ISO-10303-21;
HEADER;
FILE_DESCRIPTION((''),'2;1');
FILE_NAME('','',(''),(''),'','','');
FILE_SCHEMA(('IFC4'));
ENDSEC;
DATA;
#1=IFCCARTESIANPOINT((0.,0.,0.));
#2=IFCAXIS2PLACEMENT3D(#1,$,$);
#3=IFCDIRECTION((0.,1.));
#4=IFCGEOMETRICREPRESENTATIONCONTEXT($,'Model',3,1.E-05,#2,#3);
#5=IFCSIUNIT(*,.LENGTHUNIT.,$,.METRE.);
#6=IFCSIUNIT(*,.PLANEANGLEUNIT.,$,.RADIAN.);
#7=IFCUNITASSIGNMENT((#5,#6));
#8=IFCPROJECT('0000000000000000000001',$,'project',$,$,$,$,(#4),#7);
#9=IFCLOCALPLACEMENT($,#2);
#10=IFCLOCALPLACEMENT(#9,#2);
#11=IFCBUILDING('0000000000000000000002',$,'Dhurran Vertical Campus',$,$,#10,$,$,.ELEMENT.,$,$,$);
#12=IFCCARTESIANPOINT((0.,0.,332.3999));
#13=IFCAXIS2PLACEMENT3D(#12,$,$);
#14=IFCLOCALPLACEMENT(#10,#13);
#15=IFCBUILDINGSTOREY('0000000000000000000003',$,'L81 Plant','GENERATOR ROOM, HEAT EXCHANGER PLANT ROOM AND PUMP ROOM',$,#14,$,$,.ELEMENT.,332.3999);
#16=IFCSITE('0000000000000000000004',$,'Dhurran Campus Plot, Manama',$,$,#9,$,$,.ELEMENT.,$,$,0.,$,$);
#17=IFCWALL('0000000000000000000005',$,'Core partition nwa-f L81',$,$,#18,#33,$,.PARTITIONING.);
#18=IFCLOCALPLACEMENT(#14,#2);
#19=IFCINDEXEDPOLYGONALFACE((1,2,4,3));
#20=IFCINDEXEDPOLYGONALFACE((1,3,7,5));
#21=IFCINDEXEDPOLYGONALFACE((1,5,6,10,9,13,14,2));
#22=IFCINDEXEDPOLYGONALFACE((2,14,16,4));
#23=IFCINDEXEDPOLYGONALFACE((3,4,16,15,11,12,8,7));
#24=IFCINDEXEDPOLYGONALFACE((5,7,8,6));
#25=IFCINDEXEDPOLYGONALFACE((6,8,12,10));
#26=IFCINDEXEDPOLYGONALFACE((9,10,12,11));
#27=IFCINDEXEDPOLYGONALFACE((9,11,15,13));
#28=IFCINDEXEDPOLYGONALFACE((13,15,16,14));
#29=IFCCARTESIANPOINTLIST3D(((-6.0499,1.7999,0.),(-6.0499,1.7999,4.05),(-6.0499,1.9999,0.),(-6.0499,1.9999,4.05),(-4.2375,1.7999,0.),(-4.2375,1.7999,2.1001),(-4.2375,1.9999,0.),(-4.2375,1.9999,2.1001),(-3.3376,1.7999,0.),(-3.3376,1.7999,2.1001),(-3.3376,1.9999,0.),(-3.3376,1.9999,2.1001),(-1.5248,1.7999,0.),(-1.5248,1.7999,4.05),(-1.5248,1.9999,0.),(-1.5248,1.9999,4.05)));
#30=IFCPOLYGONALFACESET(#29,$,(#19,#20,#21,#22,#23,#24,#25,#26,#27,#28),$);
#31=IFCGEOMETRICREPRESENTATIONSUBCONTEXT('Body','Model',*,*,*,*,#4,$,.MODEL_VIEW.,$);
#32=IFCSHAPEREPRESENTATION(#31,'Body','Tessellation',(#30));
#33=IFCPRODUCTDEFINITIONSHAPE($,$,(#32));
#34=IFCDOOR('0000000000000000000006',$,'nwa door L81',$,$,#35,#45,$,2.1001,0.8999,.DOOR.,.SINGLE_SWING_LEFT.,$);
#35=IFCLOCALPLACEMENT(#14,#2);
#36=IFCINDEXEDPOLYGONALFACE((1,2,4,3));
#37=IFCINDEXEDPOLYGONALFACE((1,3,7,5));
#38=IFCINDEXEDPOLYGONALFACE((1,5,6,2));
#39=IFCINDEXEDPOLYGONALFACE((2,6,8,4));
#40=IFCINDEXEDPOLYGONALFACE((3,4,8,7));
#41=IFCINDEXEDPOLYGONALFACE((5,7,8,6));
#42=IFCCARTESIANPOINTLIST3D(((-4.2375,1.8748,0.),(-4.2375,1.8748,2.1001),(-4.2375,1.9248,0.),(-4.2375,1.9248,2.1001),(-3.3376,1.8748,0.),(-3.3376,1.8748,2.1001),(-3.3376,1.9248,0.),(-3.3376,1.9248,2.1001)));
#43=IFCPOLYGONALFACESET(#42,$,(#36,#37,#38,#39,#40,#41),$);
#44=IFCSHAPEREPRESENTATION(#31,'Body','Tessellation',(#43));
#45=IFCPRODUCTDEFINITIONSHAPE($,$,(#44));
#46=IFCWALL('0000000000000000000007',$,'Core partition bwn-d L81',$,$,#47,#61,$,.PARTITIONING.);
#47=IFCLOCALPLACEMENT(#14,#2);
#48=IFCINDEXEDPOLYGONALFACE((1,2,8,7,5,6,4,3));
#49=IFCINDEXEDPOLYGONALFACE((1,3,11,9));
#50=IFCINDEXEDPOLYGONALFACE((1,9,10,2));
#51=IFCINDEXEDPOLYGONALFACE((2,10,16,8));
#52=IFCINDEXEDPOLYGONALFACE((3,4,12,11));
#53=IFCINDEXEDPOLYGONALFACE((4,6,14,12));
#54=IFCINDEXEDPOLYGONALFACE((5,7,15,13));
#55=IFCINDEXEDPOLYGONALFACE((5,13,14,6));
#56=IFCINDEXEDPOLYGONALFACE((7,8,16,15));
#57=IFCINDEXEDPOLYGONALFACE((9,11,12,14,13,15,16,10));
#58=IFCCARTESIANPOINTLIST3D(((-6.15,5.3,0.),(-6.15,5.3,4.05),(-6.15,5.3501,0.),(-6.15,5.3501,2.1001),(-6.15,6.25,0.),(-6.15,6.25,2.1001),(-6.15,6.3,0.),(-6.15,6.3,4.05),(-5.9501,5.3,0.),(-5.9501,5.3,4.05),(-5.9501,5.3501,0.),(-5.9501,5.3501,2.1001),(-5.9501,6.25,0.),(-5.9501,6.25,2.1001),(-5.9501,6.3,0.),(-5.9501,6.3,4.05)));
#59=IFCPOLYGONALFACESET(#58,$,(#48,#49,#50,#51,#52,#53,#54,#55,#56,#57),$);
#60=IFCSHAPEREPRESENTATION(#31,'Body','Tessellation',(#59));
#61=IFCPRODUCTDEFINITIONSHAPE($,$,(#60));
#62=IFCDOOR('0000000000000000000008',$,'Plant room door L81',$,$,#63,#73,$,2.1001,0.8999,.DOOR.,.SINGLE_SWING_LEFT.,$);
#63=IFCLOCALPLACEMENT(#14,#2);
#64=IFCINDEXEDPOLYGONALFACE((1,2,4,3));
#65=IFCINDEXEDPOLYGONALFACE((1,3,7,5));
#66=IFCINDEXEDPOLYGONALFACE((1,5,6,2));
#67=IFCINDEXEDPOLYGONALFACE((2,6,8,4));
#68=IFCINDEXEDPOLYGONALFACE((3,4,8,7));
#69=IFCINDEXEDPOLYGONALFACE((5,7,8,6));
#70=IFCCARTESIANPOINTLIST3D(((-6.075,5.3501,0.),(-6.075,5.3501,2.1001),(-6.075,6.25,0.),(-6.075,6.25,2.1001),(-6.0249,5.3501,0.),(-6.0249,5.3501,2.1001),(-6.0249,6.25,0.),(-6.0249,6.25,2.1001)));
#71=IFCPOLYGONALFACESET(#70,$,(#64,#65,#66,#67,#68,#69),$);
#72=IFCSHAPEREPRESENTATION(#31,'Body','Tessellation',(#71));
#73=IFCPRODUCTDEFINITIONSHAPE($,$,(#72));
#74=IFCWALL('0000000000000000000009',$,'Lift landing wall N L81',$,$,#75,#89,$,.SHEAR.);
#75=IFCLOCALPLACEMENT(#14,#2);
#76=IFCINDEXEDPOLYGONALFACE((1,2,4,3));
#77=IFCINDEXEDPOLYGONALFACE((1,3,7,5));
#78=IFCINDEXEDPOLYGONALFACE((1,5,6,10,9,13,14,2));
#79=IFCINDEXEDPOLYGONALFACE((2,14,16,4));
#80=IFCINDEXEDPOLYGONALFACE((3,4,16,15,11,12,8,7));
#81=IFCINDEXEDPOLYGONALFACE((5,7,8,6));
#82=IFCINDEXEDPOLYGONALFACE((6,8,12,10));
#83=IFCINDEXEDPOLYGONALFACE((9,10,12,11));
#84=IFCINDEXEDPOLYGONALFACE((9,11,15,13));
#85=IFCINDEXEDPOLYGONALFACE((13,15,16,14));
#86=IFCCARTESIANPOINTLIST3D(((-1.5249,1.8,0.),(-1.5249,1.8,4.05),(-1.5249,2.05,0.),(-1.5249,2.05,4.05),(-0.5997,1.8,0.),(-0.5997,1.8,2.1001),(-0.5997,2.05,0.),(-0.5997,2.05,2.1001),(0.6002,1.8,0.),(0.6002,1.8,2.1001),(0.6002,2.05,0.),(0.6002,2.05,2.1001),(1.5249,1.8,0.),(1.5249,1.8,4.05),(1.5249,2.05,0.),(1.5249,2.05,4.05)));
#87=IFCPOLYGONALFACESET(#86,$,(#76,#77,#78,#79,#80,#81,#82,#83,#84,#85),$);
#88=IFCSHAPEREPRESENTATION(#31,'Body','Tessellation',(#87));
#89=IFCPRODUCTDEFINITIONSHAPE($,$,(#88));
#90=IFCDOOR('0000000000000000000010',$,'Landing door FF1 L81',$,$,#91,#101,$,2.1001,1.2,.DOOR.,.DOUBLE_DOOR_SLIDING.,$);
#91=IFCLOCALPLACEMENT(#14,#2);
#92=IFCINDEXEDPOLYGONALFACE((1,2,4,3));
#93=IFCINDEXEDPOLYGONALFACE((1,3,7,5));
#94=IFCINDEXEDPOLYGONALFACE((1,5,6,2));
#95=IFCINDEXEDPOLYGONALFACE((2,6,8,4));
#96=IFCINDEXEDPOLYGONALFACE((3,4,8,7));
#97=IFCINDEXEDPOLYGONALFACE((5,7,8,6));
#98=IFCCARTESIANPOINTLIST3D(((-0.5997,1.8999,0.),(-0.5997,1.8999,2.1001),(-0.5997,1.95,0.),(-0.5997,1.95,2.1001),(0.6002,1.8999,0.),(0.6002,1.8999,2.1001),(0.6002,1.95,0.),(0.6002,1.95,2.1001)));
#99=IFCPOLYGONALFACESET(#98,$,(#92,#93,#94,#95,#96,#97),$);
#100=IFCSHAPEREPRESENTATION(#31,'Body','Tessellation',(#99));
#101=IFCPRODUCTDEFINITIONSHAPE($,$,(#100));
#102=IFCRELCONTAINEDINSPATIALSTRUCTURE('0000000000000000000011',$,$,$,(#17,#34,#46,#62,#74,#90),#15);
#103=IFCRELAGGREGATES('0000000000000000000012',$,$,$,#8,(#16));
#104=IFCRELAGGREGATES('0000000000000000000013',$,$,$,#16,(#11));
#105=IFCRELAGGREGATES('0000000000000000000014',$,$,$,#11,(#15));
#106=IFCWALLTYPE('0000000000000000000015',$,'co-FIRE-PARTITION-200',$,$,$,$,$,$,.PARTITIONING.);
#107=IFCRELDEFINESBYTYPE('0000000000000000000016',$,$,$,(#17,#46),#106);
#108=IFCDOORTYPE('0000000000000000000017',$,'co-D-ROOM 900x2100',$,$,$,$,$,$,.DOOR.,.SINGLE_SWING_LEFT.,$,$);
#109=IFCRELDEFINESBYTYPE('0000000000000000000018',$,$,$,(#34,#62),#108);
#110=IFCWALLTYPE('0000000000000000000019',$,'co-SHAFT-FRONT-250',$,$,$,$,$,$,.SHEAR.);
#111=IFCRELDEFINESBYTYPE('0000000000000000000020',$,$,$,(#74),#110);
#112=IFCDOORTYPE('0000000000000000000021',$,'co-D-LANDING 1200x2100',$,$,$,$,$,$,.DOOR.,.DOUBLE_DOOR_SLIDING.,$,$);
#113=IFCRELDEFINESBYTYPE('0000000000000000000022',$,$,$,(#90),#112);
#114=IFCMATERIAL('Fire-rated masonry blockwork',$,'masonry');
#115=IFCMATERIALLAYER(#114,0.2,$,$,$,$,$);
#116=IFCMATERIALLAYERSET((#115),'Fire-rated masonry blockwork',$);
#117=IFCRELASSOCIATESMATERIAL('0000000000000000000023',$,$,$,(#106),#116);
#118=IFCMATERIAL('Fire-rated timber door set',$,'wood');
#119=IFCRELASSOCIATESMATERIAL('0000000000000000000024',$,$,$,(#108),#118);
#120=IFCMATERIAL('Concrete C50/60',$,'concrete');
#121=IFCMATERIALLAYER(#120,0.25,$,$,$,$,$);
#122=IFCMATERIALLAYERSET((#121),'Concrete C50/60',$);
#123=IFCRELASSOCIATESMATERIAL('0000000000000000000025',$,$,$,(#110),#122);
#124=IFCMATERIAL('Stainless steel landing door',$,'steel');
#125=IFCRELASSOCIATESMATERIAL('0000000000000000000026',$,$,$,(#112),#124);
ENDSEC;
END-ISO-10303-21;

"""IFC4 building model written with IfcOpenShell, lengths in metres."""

from ifc_helpers import new_model, si_unit, direction, frame, frame_2d, origin, place, context, subcontext, project, spatial, rectangle, extrude, material, layer, layer_set, type_object, element, fill, save


model = new_model("IFC4")

# Units and contexts
model_context = context("Model", 3, precision=1e-05, world=origin(), true_north=direction((0.0, 1.0)))
body_context = subcontext(model_context, "Body", "Model", "MODEL_VIEW")
ifc_project = project(units=[si_unit("LENGTHUNIT", "METRE"), si_unit("PLANEANGLEUNIT", "RADIAN")], contexts=[model_context])

# Site, building, storey
site_placement = place(None, origin())
site = spatial("IfcSite", under=ifc_project, at=site_placement, Name="Dhurran Campus Plot, Manama", CompositionType="ELEMENT", RefElevation=0.0)
building_placement = place(site_placement, origin())
building = spatial("IfcBuilding", under=site, at=building_placement, Name="Dhurran Vertical Campus", CompositionType="ELEMENT")
storey_placement = place(building_placement, frame((0.0, 0.0, 332.3999)))
storey = spatial("IfcBuildingStorey", under=building, at=storey_placement, Name="L81 Plant", Description="GENERATOR ROOM, HEAT EXCHANGER PLANT ROOM AND PUMP ROOM", CompositionType="ELEMENT", Elevation=332.3999)

# Walls, openings, doors
ifc_material_1 = material(Name="Fire-rated masonry blockwork", Category="masonry")
ifc_layer_1 = layer(ifc_material_1, 0.2)
ifc_layer_set_1 = layer_set([ifc_layer_1], Name="Fire-rated masonry blockwork")
wall_type_1 = type_object("IfcWallType", Name="co-FIRE-PARTITION-200", PredefinedType="PARTITIONING", material=ifc_layer_set_1)
wall_1_placement = place(storey_placement, frame((-6.05, 1.8999, 0.0), z_axis=(0.0, 0.0, 1.0), x_axis=(1.0, 0.0, 0.0)))
wall_1 = element("IfcWall", 1, at=wall_1_placement, inside=storey, type_object=wall_type_1, Name="Core partition nwa-f L81", PredefinedType="PARTITIONING", context=body_context, shape_type="SweptSolid", body=[
    extrude(rectangle(XDim=4.5251, YDim=0.2, at=frame_2d((2.2627, 0.0))), origin(), (0.0, 0.0, 1.0), 4.05),
])
opening_1_placement = place(wall_1_placement, frame((1.8125, 0.0, 0.0)))
opening_1 = element("IfcOpeningElement", 2, at=opening_1_placement, cuts=wall_1, PredefinedType="OPENING", context=body_context, shape_type="SweptSolid", body=[
    extrude(rectangle(XDim=0.8999, YDim=2.1001, at=frame_2d((0.45, 1.05))), frame((0.0, 0.1099, 0.0), z_axis=(0.0, -1.0, 0.0), x_axis=(1.0, 0.0, 0.0)), (0.0, 0.0, 1.0), 0.22),
])
ifc_material_2 = material(Name="Fire-rated timber door set", Category="wood")
door_type_1 = type_object("IfcDoorType", Name="co-D-ROOM 900x2100", OperationType="SINGLE_SWING_LEFT", PredefinedType="DOOR", material=ifc_material_2)
door_1_placement = place(opening_1_placement, origin())
door_1 = element("IfcDoor", 3, at=door_1_placement, inside=storey, type_object=door_type_1, Name="nwa door L81", OperationType="SINGLE_SWING_LEFT", OverallHeight=2.1001, OverallWidth=0.8999, PredefinedType="DOOR", context=body_context, shape_type="SweptSolid", body=[
    extrude(rectangle(XDim=0.8999, YDim=2.1001, at=frame_2d((0.45, 1.05))), frame((0.0, 0.0249, 0.0), z_axis=(0.0, -1.0, 0.0), x_axis=(1.0, 0.0, 0.0)), (0.0, 0.0, 1.0), 0.05),
])
fill(opening_1, door_1)
wall_2_placement = place(storey_placement, frame((-6.05, 5.3, 0.0), z_axis=(0.0, 0.0, 1.0), x_axis=(0.0, 1.0, 0.0)))
wall_2 = element("IfcWall", 4, at=wall_2_placement, inside=storey, type_object=wall_type_1, Name="Core partition bwn-d L81", PredefinedType="PARTITIONING", context=body_context, shape_type="SweptSolid", body=[
    extrude(rectangle(XDim=1.0, YDim=0.2, at=frame_2d((0.5, 0.0))), origin(), (0.0, 0.0, 1.0), 4.05),
])
opening_2_placement = place(wall_2_placement, frame((0.05, 0.0, 0.0)))
opening_2 = element("IfcOpeningElement", 5, at=opening_2_placement, cuts=wall_2, PredefinedType="OPENING", context=body_context, shape_type="SweptSolid", body=[
    extrude(rectangle(XDim=0.8999, YDim=2.1001, at=frame_2d((0.45, 1.05))), frame((0.0, 0.1099, 0.0), z_axis=(0.0, -1.0, 0.0), x_axis=(1.0, 0.0, 0.0)), (0.0, 0.0, 1.0), 0.22),
])
door_2_placement = place(opening_2_placement, origin())
door_2 = element("IfcDoor", 6, at=door_2_placement, inside=storey, type_object=door_type_1, Name="Plant room door L81", OperationType="SINGLE_SWING_LEFT", OverallHeight=2.1001, OverallWidth=0.8999, PredefinedType="DOOR", context=body_context, shape_type="SweptSolid", body=[
    extrude(rectangle(XDim=0.8999, YDim=2.1001, at=frame_2d((0.45, 1.05))), frame((0.0, 0.0249, 0.0), z_axis=(0.0, -1.0, 0.0), x_axis=(1.0, 0.0, 0.0)), (0.0, 0.0, 1.0), 0.05),
])
fill(opening_2, door_2)
ifc_material_3 = material(Name="Concrete C50/60", Category="concrete")
ifc_layer_2 = layer(ifc_material_3, 0.25)
ifc_layer_set_2 = layer_set([ifc_layer_2], Name="Concrete C50/60")
wall_type_2 = type_object("IfcWallType", Name="co-SHAFT-FRONT-250", PredefinedType="SHEAR", material=ifc_layer_set_2)
wall_3_placement = place(storey_placement, frame((-1.5249, 1.925, 0.0), z_axis=(0.0, 0.0, 1.0), x_axis=(1.0, 0.0, 0.0)))
wall_3 = element("IfcWall", 7, at=wall_3_placement, inside=storey, type_object=wall_type_2, Name="Lift landing wall N L81", PredefinedType="SHEAR", context=body_context, shape_type="SweptSolid", body=[
    extrude(rectangle(XDim=3.0498, YDim=0.25, at=frame_2d((1.5249, 0.0))), origin(), (0.0, 0.0, 1.0), 4.05),
])
opening_3_placement = place(wall_3_placement, frame((0.925, 0.0, 0.0)))
opening_3 = element("IfcOpeningElement", 8, at=opening_3_placement, cuts=wall_3, PredefinedType="OPENING", context=body_context, shape_type="SweptSolid", body=[
    extrude(rectangle(XDim=1.2, YDim=2.1001, at=frame_2d((0.6001, 1.05))), frame((0.0, 0.135, 0.0), z_axis=(0.0, -1.0, 0.0), x_axis=(1.0, 0.0, 0.0)), (0.0, 0.0, 1.0), 0.27),
])
ifc_material_4 = material(Name="Stainless steel landing door", Category="steel")
door_type_2 = type_object("IfcDoorType", Name="co-D-LANDING 1200x2100", OperationType="DOUBLE_DOOR_SLIDING", PredefinedType="DOOR", material=ifc_material_4)
door_3_placement = place(opening_3_placement, origin())
door_3 = element("IfcDoor", 9, at=door_3_placement, inside=storey, type_object=door_type_2, Name="Landing door FF1 L81", OperationType="DOUBLE_DOOR_SLIDING", OverallHeight=2.1001, OverallWidth=1.2, PredefinedType="DOOR", context=body_context, shape_type="SweptSolid", body=[
    extrude(rectangle(XDim=1.2, YDim=2.1001, at=frame_2d((0.6001, 1.05))), frame((0.0, 0.0249, 0.0), z_axis=(0.0, -1.0, 0.0), x_axis=(1.0, 0.0, 0.0)), (0.0, 0.0, 1.0), 0.05),
])
fill(opening_3, door_3)

save(model, "model.ifc")
